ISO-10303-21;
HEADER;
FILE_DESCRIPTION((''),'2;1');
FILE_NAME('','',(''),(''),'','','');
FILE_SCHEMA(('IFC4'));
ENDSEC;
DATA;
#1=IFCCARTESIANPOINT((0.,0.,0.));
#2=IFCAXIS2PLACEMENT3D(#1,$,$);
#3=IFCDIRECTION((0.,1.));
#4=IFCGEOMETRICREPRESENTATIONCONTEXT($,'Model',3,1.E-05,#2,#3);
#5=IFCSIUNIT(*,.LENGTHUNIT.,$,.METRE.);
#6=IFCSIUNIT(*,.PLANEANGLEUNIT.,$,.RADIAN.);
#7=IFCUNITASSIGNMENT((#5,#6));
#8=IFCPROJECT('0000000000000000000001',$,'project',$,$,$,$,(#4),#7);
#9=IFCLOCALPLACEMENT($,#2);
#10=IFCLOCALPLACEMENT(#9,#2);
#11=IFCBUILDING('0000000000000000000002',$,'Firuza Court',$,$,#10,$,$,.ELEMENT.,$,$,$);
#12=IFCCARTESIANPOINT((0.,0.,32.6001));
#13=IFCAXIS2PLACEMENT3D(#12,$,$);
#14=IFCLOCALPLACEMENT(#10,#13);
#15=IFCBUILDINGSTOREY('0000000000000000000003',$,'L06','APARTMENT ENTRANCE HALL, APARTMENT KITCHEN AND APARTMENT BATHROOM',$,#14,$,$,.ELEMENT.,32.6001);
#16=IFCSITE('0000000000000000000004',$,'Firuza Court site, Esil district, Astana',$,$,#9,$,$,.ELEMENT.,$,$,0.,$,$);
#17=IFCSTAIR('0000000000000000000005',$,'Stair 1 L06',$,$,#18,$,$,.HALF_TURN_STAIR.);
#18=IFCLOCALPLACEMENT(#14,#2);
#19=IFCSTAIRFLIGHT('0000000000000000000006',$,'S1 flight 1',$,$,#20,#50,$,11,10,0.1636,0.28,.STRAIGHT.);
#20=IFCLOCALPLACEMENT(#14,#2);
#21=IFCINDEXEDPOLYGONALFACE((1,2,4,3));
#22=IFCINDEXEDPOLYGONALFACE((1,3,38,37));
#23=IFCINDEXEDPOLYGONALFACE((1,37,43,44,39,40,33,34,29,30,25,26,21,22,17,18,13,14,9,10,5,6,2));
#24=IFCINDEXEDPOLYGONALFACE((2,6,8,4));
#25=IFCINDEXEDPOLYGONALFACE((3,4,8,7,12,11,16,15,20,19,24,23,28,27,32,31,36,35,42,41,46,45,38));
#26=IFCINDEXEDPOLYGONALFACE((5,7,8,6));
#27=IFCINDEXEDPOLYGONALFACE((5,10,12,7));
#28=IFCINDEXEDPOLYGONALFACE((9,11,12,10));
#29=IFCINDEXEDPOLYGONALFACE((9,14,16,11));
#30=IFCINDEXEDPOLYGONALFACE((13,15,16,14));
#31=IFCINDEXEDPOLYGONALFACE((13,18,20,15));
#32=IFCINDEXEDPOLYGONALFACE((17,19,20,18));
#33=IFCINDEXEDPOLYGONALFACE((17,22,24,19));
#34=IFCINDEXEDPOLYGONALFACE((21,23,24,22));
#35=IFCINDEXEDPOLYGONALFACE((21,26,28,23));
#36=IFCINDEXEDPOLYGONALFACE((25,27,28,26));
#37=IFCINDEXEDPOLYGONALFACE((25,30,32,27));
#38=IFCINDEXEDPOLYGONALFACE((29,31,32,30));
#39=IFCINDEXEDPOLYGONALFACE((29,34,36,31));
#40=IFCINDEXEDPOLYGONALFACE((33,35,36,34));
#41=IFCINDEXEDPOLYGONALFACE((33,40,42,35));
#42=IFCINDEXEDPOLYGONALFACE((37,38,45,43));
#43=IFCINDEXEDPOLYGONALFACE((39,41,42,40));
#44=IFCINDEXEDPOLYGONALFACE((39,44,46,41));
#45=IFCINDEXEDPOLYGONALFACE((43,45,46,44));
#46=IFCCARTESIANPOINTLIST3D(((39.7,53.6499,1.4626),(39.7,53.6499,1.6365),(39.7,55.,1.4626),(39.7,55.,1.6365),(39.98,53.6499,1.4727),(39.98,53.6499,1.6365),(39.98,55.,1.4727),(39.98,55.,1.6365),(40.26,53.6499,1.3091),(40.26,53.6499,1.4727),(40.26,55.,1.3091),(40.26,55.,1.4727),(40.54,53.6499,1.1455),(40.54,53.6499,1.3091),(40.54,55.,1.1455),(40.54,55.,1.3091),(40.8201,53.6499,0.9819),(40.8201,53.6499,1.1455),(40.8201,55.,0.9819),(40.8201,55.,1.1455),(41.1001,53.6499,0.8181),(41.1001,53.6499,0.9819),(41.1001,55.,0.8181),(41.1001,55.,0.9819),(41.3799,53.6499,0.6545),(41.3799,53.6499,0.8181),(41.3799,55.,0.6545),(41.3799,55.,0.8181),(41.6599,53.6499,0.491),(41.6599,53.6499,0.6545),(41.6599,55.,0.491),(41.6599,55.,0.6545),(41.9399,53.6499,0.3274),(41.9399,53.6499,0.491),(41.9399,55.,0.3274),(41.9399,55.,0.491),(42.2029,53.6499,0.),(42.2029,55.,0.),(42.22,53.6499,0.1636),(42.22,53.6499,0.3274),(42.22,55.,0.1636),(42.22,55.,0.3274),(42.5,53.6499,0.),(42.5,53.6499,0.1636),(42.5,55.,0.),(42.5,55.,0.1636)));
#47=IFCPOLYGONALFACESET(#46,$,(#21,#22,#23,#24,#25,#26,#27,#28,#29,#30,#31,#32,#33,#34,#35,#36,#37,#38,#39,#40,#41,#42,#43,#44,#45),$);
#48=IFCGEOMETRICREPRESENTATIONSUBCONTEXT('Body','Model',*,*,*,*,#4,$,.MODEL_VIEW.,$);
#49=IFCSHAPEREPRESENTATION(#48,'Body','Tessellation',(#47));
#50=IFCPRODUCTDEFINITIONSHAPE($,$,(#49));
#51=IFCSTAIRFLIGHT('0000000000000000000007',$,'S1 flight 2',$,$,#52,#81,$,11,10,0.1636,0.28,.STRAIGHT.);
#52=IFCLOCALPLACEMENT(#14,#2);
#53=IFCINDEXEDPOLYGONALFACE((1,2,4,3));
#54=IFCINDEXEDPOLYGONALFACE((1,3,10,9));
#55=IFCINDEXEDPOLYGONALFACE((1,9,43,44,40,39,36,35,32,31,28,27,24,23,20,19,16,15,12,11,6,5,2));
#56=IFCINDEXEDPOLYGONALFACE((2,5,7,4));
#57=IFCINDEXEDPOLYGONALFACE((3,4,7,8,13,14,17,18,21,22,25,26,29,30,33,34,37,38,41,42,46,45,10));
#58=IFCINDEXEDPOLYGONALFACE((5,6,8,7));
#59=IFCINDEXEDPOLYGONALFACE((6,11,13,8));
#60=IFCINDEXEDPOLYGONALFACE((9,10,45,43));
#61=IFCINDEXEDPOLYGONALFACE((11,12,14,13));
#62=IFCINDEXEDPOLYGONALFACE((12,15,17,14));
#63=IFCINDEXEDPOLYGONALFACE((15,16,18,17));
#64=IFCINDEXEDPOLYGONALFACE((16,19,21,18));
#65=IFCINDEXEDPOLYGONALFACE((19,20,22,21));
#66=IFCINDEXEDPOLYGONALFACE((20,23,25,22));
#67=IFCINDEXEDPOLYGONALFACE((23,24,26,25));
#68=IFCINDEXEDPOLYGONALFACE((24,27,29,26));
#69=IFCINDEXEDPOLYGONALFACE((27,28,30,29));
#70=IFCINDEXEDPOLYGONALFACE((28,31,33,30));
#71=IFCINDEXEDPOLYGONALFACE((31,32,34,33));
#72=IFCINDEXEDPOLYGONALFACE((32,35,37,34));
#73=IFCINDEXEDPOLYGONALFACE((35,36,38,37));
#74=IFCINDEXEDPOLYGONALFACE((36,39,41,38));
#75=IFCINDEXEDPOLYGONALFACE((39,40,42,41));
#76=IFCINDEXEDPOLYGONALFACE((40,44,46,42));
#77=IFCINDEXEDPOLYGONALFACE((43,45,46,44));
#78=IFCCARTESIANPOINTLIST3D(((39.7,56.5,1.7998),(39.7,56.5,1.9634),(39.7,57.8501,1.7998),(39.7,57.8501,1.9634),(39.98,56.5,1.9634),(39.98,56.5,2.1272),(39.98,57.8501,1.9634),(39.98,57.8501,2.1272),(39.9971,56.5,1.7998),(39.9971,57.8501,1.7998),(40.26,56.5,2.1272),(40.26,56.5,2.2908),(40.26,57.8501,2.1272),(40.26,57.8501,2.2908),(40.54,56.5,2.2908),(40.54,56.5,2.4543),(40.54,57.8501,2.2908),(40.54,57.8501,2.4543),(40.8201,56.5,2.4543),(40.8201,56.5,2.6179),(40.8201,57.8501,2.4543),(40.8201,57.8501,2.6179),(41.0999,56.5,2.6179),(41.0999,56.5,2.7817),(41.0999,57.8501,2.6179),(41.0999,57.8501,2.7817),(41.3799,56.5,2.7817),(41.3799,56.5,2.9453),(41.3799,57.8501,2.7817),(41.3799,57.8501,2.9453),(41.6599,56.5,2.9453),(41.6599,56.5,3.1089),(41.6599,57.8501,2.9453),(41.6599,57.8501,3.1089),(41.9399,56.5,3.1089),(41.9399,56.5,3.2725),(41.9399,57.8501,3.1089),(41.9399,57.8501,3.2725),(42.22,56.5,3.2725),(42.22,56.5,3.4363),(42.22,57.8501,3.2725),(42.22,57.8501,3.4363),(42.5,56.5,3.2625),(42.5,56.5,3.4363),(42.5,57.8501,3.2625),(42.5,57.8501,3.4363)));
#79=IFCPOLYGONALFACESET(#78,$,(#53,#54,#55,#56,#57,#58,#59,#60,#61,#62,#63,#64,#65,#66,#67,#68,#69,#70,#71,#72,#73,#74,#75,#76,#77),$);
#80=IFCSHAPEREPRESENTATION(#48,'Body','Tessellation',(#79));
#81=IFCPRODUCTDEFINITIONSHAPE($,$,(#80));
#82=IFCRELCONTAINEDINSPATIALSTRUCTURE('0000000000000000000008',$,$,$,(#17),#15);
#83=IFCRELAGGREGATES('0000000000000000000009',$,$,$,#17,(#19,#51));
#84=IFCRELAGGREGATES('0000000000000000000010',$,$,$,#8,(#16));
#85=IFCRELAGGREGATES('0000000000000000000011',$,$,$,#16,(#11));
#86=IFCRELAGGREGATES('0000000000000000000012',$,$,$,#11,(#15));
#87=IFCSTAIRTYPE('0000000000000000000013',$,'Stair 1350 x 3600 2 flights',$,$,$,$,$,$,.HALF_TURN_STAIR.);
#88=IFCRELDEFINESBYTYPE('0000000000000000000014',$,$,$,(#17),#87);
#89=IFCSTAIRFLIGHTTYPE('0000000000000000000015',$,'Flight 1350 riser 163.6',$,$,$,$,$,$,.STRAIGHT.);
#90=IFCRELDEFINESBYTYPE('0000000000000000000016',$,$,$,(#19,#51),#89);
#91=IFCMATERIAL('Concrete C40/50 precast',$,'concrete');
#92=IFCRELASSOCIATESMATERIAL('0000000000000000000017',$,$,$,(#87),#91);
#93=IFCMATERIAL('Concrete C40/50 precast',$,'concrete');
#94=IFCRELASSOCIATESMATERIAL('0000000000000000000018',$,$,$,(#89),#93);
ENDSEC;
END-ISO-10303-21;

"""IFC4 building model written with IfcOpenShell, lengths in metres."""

from ifc_helpers import new_model, si_unit, direction, frame, origin, place, context, subcontext, project, spatial, polyline, outline, extrude, material, type_object, element, aggregate, save


model = new_model("IFC4")

# Units and contexts
model_context = context("Model", 3, precision=1e-05, world=origin(), true_north=direction((0.0, 1.0)))
body_context = subcontext(model_context, "Body", "Model", "MODEL_VIEW")
ifc_project = project(units=[si_unit("LENGTHUNIT", "METRE"), si_unit("PLANEANGLEUNIT", "RADIAN")], contexts=[model_context])

# Site, building, storey
site_placement = place(None, origin())
site = spatial("IfcSite", under=ifc_project, at=site_placement, Name="Firuza Court site, Esil district, Astana", CompositionType="ELEMENT", RefElevation=0.0)
building_placement = place(site_placement, origin())
building = spatial("IfcBuilding", under=site, at=building_placement, Name="Firuza Court", CompositionType="ELEMENT")
storey_placement = place(building_placement, frame((0.0, 0.0, 32.6001)))
storey = spatial("IfcBuildingStorey", under=building, at=storey_placement, Name="L06", Description="APARTMENT ENTRANCE HALL, APARTMENT KITCHEN AND APARTMENT BATHROOM", CompositionType="ELEMENT", Elevation=32.6001)

# Stair, stair flights
ifc_material_1 = material(Name="Concrete C40/50 precast", Category="concrete")
stair_type = type_object("IfcStairType", Name="Stair 1350 x 3600 2 flights", PredefinedType="HALF_TURN_STAIR", material=ifc_material_1)
stair_placement = place(storey_placement, origin())
stair = element("IfcStair", 1, at=stair_placement, inside=storey, type_object=stair_type, Name="Stair 1 L06", PredefinedType="HALF_TURN_STAIR")
ifc_material_2 = material(Name="Concrete C40/50 precast", Category="concrete")
stair_flight_type = type_object("IfcStairFlightType", Name="Flight 1350 riser 163.6", PredefinedType="STRAIGHT", material=ifc_material_2)
stair_flight_1_placement = place(storey_placement, frame((42.5, 54.325, 0.0), z_axis=(0.0, 0.0, 1.0), x_axis=(-1.0, 0.0, 0.0)))
stair_flight_1 = element("IfcStairFlight", 2, at=stair_flight_1_placement, type_object=stair_flight_type, Name="S1 flight 1", NumberOfRisers=11, NumberOfTreads=10, PredefinedType="STRAIGHT", RiserHeight=0.1636, TreadLength=0.28, context=body_context, shape_type="SweptSolid", body=[
    extrude(outline(polyline([(0.0, 0.0), (0.0, 0.1636), (0.28, 0.1636), (0.28, 0.3274), (0.5601, 0.3274), (0.5601, 0.491), (0.8401, 0.491), (0.8401, 0.6545), (1.1201, 0.6545), (1.1201, 0.8181), (1.3999, 0.8181), (1.3999, 0.9819), (1.6799, 0.9819), (1.6799, 1.1455), (1.96, 1.1455), (1.96, 1.3091), (2.24, 1.3091), (2.24, 1.4727), (2.52, 1.4727), (2.52, 1.6365), (2.8, 1.6365), (2.8, 1.8), (2.8, 1.4626), (0.2971, 0.0), (0.0, 0.0)])), frame((0.0, 0.675, 0.0), z_axis=(0.0, -1.0, 0.0), x_axis=(1.0, 0.0, 0.0)), (0.0, 0.0, 1.0), 1.3501),
])
stair_flight_2_placement = place(storey_placement, frame((39.7, 57.175, 1.7998), z_axis=(0.0, 0.0, 1.0), x_axis=(1.0, 0.0, 0.0)))
stair_flight_2 = element("IfcStairFlight", 3, at=stair_flight_2_placement, type_object=stair_flight_type, Name="S1 flight 2", NumberOfRisers=11, NumberOfTreads=10, PredefinedType="STRAIGHT", RiserHeight=0.1636, TreadLength=0.28, context=body_context, shape_type="SweptSolid", body=[
    extrude(outline(polyline([(0.0, 0.0), (0.0, 0.1636), (0.28, 0.1636), (0.28, 0.3274), (0.5601, 0.3274), (0.5601, 0.491), (0.8401, 0.491), (0.8401, 0.6545), (1.1201, 0.6545), (1.1201, 0.8181), (1.3999, 0.8181), (1.3999, 0.9819), (1.6799, 0.9819), (1.6799, 1.1455), (1.96, 1.1455), (1.96, 1.3091), (2.24, 1.3091), (2.24, 1.4727), (2.52, 1.4727), (2.52, 1.6365), (2.8, 1.6365), (2.8, 1.8), (2.8, 1.4626), (0.2971, 0.0), (0.0, 0.0)])), frame((0.0, 0.675, 0.0), z_axis=(0.0, -1.0, 0.0), x_axis=(1.0, 0.0, 0.0)), (0.0, 0.0, 1.0), 1.3501),
])
aggregate(stair, [stair_flight_1, stair_flight_2])

save(model, "model.ifc")
